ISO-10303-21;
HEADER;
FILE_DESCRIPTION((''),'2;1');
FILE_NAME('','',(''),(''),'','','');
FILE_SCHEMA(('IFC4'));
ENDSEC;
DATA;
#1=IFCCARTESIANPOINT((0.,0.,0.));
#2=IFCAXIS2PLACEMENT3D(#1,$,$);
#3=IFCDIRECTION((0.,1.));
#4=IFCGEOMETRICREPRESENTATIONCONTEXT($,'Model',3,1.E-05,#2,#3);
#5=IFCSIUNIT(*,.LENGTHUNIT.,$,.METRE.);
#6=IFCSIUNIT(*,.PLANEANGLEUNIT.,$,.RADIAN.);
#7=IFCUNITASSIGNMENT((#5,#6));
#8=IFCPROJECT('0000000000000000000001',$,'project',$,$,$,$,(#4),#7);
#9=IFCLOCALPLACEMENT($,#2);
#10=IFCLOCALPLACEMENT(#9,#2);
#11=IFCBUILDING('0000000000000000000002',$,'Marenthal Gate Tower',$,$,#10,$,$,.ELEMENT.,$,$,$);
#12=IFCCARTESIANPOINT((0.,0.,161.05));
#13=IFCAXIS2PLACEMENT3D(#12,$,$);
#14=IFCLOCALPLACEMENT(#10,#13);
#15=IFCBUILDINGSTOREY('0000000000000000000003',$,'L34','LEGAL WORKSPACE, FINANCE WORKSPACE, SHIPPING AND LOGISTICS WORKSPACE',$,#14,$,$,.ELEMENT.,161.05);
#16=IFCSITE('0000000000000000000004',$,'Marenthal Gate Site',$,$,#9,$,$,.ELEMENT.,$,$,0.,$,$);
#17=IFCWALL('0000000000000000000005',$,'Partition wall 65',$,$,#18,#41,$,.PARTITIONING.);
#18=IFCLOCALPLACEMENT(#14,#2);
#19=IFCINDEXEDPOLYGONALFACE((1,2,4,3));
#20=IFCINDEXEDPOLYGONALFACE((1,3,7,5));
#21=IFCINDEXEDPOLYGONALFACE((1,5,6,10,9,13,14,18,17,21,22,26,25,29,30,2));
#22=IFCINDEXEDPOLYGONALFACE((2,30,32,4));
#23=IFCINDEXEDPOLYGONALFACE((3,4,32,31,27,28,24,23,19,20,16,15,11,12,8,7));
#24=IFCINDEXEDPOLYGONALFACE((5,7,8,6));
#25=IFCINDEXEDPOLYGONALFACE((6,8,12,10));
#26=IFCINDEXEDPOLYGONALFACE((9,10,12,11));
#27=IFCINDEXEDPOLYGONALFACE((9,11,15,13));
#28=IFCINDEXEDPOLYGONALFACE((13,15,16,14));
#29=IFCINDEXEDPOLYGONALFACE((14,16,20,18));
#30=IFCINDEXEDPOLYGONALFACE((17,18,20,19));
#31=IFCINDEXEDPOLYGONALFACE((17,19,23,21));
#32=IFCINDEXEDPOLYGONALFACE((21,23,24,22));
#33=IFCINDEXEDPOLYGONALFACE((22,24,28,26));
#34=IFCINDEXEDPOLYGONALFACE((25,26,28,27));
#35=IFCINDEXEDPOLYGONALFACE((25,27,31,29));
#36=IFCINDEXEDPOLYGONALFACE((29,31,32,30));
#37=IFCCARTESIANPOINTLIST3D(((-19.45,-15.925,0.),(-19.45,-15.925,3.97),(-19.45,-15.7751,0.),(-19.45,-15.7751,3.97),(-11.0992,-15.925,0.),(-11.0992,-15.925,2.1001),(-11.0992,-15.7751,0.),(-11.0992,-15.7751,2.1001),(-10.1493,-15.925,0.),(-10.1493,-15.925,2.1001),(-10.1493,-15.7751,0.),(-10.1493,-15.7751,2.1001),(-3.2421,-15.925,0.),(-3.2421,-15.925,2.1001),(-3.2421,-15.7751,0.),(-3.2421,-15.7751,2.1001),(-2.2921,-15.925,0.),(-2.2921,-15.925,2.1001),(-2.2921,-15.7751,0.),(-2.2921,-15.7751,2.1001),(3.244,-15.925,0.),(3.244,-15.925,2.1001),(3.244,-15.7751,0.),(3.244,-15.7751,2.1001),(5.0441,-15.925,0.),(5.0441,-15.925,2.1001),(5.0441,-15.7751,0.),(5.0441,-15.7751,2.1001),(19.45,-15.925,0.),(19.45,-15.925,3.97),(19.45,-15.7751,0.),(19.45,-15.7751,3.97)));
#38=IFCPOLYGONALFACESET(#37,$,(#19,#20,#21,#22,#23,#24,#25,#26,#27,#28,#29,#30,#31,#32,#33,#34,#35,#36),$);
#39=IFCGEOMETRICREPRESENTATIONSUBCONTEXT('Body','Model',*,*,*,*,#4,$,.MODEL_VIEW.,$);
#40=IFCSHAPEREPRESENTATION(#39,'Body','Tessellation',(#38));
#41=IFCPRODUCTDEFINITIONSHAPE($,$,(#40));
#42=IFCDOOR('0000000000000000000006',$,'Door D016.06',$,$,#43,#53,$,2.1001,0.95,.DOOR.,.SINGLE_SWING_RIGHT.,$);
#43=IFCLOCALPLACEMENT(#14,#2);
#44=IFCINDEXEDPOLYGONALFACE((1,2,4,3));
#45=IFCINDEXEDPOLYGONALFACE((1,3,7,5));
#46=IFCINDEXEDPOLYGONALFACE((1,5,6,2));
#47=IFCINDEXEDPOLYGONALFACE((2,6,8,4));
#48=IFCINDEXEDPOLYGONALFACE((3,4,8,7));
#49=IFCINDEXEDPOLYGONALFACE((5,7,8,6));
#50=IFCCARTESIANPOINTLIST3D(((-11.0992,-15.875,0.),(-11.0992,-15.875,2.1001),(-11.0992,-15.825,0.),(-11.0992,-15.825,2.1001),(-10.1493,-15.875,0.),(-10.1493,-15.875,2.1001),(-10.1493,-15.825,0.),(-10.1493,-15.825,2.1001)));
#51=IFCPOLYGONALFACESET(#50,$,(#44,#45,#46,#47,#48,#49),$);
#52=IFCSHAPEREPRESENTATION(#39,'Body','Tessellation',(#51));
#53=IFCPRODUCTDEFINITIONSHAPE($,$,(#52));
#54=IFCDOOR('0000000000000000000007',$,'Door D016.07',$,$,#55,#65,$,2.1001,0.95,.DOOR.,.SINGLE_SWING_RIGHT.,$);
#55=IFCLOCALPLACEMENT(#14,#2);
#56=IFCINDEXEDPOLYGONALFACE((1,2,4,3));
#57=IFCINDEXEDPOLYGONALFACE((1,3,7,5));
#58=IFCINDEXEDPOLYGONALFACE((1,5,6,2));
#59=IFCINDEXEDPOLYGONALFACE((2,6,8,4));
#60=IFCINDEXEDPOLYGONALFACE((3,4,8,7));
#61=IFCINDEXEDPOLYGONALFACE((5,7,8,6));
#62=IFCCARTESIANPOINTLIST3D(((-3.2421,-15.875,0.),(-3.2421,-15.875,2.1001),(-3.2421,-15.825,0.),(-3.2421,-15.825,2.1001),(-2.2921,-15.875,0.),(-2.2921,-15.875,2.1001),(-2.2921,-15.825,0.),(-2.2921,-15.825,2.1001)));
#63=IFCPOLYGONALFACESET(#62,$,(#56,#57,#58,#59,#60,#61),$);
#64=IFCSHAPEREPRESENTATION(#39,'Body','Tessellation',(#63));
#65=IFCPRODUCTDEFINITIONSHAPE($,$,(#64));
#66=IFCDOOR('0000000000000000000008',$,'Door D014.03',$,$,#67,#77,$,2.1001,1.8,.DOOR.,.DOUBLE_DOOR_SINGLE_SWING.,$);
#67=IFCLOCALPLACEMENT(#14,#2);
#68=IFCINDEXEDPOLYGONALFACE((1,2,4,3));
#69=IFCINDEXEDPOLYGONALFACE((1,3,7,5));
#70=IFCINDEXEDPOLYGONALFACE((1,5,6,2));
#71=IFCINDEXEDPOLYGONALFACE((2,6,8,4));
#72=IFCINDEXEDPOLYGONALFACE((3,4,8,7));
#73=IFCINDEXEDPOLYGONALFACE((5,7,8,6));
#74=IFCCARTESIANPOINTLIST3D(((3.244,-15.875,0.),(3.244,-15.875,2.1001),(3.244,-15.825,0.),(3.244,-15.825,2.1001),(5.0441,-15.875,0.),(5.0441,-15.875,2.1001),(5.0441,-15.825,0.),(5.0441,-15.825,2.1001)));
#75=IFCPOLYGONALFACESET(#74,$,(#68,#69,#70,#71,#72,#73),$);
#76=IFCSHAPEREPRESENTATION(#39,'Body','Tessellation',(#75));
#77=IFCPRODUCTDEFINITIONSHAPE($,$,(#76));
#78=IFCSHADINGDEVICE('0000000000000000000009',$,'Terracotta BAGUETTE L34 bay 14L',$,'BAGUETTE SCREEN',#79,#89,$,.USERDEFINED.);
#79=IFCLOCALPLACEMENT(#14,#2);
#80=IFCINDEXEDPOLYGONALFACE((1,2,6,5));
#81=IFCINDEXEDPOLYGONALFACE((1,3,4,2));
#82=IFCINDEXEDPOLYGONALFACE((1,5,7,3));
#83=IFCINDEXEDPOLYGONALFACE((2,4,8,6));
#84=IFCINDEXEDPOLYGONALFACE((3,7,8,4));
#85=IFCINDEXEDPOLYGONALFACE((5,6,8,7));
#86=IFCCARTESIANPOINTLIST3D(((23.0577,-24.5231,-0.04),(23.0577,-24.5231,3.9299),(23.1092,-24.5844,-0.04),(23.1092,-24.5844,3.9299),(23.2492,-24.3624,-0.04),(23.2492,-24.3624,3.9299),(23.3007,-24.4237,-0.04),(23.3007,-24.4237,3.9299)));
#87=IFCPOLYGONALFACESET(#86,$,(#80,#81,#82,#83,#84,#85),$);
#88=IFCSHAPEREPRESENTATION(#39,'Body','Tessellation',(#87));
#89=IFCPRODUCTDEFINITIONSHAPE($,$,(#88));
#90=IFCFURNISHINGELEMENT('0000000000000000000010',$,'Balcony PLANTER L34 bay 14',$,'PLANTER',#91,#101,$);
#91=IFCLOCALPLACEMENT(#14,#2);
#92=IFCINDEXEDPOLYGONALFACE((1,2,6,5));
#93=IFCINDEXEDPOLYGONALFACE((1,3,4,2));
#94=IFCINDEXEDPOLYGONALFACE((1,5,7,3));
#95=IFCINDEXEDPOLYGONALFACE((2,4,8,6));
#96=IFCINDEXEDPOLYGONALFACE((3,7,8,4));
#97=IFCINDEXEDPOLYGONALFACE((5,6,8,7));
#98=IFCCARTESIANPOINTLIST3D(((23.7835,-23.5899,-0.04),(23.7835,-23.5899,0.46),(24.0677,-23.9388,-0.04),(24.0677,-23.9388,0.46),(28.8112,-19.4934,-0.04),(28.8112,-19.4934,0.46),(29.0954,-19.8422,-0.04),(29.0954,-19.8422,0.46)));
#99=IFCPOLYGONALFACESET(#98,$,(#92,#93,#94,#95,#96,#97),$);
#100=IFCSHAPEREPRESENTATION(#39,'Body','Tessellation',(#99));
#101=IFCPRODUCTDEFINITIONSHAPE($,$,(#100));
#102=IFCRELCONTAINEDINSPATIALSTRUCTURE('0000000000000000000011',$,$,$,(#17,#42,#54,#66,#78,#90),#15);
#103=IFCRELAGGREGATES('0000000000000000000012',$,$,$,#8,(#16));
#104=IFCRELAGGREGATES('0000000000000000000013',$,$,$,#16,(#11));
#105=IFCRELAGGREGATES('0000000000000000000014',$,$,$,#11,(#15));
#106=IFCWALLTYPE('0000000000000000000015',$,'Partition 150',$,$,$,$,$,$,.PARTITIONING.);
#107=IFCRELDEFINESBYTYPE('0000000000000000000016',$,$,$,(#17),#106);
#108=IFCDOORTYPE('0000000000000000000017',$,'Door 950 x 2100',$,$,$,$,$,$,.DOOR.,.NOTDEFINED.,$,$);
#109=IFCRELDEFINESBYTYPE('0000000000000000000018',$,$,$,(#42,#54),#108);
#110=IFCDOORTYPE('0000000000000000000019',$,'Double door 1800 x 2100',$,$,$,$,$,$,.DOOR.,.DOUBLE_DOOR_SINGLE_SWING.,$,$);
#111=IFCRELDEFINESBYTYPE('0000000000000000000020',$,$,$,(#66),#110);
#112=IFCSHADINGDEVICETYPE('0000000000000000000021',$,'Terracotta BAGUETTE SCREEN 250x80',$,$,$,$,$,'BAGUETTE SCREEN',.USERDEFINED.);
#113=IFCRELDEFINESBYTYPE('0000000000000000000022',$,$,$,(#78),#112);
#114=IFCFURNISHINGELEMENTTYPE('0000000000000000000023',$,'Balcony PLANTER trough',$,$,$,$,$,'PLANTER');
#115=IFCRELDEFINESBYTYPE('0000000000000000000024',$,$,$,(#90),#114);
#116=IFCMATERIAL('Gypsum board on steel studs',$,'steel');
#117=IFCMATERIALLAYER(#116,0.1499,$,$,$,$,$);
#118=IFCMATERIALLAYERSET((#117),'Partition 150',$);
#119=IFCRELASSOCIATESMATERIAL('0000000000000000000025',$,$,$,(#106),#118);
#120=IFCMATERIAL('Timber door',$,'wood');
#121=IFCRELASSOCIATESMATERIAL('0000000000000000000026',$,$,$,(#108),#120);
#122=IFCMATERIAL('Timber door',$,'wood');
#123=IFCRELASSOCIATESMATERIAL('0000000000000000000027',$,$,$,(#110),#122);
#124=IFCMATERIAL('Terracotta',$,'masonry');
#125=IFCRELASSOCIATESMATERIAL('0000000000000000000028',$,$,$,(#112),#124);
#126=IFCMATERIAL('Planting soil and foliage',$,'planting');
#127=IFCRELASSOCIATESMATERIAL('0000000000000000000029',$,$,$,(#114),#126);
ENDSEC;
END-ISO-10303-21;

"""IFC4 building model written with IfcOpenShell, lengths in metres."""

from ifc_helpers import new_model, si_unit, direction, frame, frame_2d, origin, origin_2d, place, context, subcontext, project, spatial, rectangle, extrude, material, layer, layer_set, material_profile, profile_set, type_object, element, fill, save


model = new_model("IFC4")

# Units and contexts
model_context = context("Model", 3, precision=1e-05, world=origin(), true_north=direction((0.0, 1.0)))
body_context = subcontext(model_context, "Body", "Model", "MODEL_VIEW")
ifc_project = project(units=[si_unit("LENGTHUNIT", "METRE"), si_unit("PLANEANGLEUNIT", "RADIAN")], contexts=[model_context])

# Site, building, storey
site_placement = place(None, origin())
site = spatial("IfcSite", under=ifc_project, at=site_placement, Name="Marenthal Gate Site", CompositionType="ELEMENT", RefElevation=0.0)
building_placement = place(site_placement, origin())
building = spatial("IfcBuilding", under=site, at=building_placement, Name="Marenthal Gate Tower", CompositionType="ELEMENT")
storey_placement = place(building_placement, frame((0.0, 0.0, 161.05)))
storey = spatial("IfcBuildingStorey", under=building, at=storey_placement, Name="L34", Description="LEGAL WORKSPACE, FINANCE WORKSPACE, SHIPPING AND LOGISTICS WORKSPACE", CompositionType="ELEMENT", Elevation=161.05)

# Wall, openings, doors
ifc_material_1 = material(Name="Gypsum board on steel studs", Category="steel")
ifc_layer_1 = layer(ifc_material_1, 0.1499)
ifc_layer_set_1 = layer_set([ifc_layer_1], Name="Partition 150")
wall_type_1 = type_object("IfcWallType", Name="Partition 150", PredefinedType="PARTITIONING", material=ifc_layer_set_1)
wall_1_placement = place(storey_placement, frame((19.45, -15.8501, 0.0), z_axis=(0.0, 0.0, 1.0), x_axis=(-1.0, 0.0, 0.0)))
wall_1 = element("IfcWall", 1, at=wall_1_placement, inside=storey, type_object=wall_type_1, Name="Partition wall 65", PredefinedType="PARTITIONING", context=body_context, shape_type="SweptSolid", body=[
    extrude(rectangle(XDim=38.8999, YDim=0.1499, at=frame_2d((19.45, 0.0))), origin(), (0.0, 0.0, 1.0), 3.97),
])
opening_1_placement = place(wall_1_placement, frame((29.5991, 0.0, 0.0)))
opening_1 = element("IfcOpeningElement", 2, at=opening_1_placement, cuts=wall_1, PredefinedType="OPENING", context=body_context, shape_type="SweptSolid", body=[
    extrude(rectangle(XDim=0.95, YDim=2.1001, at=frame_2d((0.4751, 1.05))), frame((0.0, 0.085, 0.0), z_axis=(0.0, -1.0, 0.0), x_axis=(1.0, 0.0, 0.0)), (0.0, 0.0, 1.0), 0.1699),
])
opening_2_placement = place(wall_1_placement, frame((21.7419, 0.0, 0.0)))
opening_2 = element("IfcOpeningElement", 3, at=opening_2_placement, cuts=wall_1, PredefinedType="OPENING", context=body_context, shape_type="SweptSolid", body=[
    extrude(rectangle(XDim=0.95, YDim=2.1001, at=frame_2d((0.4751, 1.05))), frame((0.0, 0.085, 0.0), z_axis=(0.0, -1.0, 0.0), x_axis=(1.0, 0.0, 0.0)), (0.0, 0.0, 1.0), 0.1699),
])
opening_3_placement = place(wall_1_placement, frame((14.406, 0.0, 0.0)))
opening_3 = element("IfcOpeningElement", 4, at=opening_3_placement, cuts=wall_1, PredefinedType="OPENING", context=body_context, shape_type="SweptSolid", body=[
    extrude(rectangle(XDim=1.8, YDim=2.1001, at=frame_2d((0.8999, 1.05))), frame((0.0, 0.085, 0.0), z_axis=(0.0, -1.0, 0.0), x_axis=(1.0, 0.0, 0.0)), (0.0, 0.0, 1.0), 0.1699),
])
ifc_material_2 = material(Name="Timber door", Category="wood")
door_type_1 = type_object("IfcDoorType", Name="Door 950 x 2100", OperationType="NOTDEFINED", PredefinedType="DOOR", material=ifc_material_2)
door_1_placement = place(opening_1_placement, origin())
door_1 = element("IfcDoor", 5, at=door_1_placement, inside=storey, type_object=door_type_1, Name="Door D016.06", OperationType="SINGLE_SWING_RIGHT", OverallHeight=2.1001, OverallWidth=0.95, PredefinedType="DOOR", context=body_context, shape_type="SweptSolid", body=[
    extrude(rectangle(XDim=0.95, YDim=2.1001, at=frame_2d((0.4751, 1.05))), frame((0.0, 0.0249, 0.0), z_axis=(0.0, -1.0, 0.0), x_axis=(1.0, 0.0, 0.0)), (0.0, 0.0, 1.0), 0.05),
])
fill(opening_1, door_1)
door_2_placement = place(opening_2_placement, origin())
door_2 = element("IfcDoor", 6, at=door_2_placement, inside=storey, type_object=door_type_1, Name="Door D016.07", OperationType="SINGLE_SWING_RIGHT", OverallHeight=2.1001, OverallWidth=0.95, PredefinedType="DOOR", context=body_context, shape_type="SweptSolid", body=[
    extrude(rectangle(XDim=0.95, YDim=2.1001, at=frame_2d((0.4751, 1.05))), frame((0.0, 0.0249, 0.0), z_axis=(0.0, -1.0, 0.0), x_axis=(1.0, 0.0, 0.0)), (0.0, 0.0, 1.0), 0.05),
])
fill(opening_2, door_2)
ifc_material_3 = material(Name="Timber door", Category="wood")
door_type_2 = type_object("IfcDoorType", Name="Double door 1800 x 2100", OperationType="DOUBLE_DOOR_SINGLE_SWING", PredefinedType="DOOR", material=ifc_material_3)
door_3_placement = place(opening_3_placement, origin())
door_3 = element("IfcDoor", 7, at=door_3_placement, inside=storey, type_object=door_type_2, Name="Door D014.03", OperationType="DOUBLE_DOOR_SINGLE_SWING", OverallHeight=2.1001, OverallWidth=1.8, PredefinedType="DOOR", context=body_context, shape_type="SweptSolid", body=[
    extrude(rectangle(XDim=1.8, YDim=2.1001, at=frame_2d((0.8999, 1.05))), frame((0.0, 0.0249, 0.0), z_axis=(0.0, -1.0, 0.0), x_axis=(1.0, 0.0, 0.0)), (0.0, 0.0, 1.0), 0.05),
])
fill(opening_3, door_3)

# Shading device
ifc_material_4 = material(Name="Terracotta", Category="masonry")
ifc_material_profile_1 = material_profile(ifc_material_4, rectangle(XDim=0.25, YDim=0.0801, at=origin_2d()), Name="Terracotta baguette 250x80")
ifc_profile_set_1 = profile_set([ifc_material_profile_1], Name="Terracotta")
shading_device_type = type_object("IfcShadingDeviceType", Name="Terracotta BAGUETTE SCREEN 250x80", ElementType="BAGUETTE SCREEN", PredefinedType="USERDEFINED", material=ifc_profile_set_1)
shading_device_placement = place(storey_placement, frame((23.1792, -24.4734, -0.04), z_axis=(0.0, 0.0, 1.0), x_axis=(0.765921, 0.642935, 0.0)))
element("IfcShadingDevice", 8, at=shading_device_placement, inside=storey, type_object=shading_device_type, Name="Terracotta BAGUETTE L34 bay 14L", ObjectType="BAGUETTE SCREEN", PredefinedType="USERDEFINED", context=body_context, shape_type="SweptSolid", body=[
    extrude(rectangle(XDim=0.25, YDim=0.0801, at=origin_2d()), origin(), (0.0, 0.0, 1.0), 3.97),
])

# Furnishing element
ifc_material_5 = material(Name="Planting soil and foliage", Category="planting")
furnishing_element_type = type_object("IfcFurnishingElementType", Name="Balcony PLANTER trough", ElementType="PLANTER", material=ifc_material_5)
furnishing_placement = place(storey_placement, frame((26.4395, -21.7161, -0.04), z_axis=(0.0, 0.0, 1.0), x_axis=(0.77524, 0.631667, 0.0)))
element("IfcFurnishingElement", 9, at=furnishing_placement, inside=storey, type_object=furnishing_element_type, Name="Balcony PLANTER L34 bay 14", ObjectType="PLANTER", context=body_context, shape_type="SweptSolid", body=[
    extrude(rectangle(XDim=6.4854, YDim=0.45, at=origin_2d()), origin(), (0.0, 0.0, 1.0), 0.5),
])

save(model, "model.ifc")
